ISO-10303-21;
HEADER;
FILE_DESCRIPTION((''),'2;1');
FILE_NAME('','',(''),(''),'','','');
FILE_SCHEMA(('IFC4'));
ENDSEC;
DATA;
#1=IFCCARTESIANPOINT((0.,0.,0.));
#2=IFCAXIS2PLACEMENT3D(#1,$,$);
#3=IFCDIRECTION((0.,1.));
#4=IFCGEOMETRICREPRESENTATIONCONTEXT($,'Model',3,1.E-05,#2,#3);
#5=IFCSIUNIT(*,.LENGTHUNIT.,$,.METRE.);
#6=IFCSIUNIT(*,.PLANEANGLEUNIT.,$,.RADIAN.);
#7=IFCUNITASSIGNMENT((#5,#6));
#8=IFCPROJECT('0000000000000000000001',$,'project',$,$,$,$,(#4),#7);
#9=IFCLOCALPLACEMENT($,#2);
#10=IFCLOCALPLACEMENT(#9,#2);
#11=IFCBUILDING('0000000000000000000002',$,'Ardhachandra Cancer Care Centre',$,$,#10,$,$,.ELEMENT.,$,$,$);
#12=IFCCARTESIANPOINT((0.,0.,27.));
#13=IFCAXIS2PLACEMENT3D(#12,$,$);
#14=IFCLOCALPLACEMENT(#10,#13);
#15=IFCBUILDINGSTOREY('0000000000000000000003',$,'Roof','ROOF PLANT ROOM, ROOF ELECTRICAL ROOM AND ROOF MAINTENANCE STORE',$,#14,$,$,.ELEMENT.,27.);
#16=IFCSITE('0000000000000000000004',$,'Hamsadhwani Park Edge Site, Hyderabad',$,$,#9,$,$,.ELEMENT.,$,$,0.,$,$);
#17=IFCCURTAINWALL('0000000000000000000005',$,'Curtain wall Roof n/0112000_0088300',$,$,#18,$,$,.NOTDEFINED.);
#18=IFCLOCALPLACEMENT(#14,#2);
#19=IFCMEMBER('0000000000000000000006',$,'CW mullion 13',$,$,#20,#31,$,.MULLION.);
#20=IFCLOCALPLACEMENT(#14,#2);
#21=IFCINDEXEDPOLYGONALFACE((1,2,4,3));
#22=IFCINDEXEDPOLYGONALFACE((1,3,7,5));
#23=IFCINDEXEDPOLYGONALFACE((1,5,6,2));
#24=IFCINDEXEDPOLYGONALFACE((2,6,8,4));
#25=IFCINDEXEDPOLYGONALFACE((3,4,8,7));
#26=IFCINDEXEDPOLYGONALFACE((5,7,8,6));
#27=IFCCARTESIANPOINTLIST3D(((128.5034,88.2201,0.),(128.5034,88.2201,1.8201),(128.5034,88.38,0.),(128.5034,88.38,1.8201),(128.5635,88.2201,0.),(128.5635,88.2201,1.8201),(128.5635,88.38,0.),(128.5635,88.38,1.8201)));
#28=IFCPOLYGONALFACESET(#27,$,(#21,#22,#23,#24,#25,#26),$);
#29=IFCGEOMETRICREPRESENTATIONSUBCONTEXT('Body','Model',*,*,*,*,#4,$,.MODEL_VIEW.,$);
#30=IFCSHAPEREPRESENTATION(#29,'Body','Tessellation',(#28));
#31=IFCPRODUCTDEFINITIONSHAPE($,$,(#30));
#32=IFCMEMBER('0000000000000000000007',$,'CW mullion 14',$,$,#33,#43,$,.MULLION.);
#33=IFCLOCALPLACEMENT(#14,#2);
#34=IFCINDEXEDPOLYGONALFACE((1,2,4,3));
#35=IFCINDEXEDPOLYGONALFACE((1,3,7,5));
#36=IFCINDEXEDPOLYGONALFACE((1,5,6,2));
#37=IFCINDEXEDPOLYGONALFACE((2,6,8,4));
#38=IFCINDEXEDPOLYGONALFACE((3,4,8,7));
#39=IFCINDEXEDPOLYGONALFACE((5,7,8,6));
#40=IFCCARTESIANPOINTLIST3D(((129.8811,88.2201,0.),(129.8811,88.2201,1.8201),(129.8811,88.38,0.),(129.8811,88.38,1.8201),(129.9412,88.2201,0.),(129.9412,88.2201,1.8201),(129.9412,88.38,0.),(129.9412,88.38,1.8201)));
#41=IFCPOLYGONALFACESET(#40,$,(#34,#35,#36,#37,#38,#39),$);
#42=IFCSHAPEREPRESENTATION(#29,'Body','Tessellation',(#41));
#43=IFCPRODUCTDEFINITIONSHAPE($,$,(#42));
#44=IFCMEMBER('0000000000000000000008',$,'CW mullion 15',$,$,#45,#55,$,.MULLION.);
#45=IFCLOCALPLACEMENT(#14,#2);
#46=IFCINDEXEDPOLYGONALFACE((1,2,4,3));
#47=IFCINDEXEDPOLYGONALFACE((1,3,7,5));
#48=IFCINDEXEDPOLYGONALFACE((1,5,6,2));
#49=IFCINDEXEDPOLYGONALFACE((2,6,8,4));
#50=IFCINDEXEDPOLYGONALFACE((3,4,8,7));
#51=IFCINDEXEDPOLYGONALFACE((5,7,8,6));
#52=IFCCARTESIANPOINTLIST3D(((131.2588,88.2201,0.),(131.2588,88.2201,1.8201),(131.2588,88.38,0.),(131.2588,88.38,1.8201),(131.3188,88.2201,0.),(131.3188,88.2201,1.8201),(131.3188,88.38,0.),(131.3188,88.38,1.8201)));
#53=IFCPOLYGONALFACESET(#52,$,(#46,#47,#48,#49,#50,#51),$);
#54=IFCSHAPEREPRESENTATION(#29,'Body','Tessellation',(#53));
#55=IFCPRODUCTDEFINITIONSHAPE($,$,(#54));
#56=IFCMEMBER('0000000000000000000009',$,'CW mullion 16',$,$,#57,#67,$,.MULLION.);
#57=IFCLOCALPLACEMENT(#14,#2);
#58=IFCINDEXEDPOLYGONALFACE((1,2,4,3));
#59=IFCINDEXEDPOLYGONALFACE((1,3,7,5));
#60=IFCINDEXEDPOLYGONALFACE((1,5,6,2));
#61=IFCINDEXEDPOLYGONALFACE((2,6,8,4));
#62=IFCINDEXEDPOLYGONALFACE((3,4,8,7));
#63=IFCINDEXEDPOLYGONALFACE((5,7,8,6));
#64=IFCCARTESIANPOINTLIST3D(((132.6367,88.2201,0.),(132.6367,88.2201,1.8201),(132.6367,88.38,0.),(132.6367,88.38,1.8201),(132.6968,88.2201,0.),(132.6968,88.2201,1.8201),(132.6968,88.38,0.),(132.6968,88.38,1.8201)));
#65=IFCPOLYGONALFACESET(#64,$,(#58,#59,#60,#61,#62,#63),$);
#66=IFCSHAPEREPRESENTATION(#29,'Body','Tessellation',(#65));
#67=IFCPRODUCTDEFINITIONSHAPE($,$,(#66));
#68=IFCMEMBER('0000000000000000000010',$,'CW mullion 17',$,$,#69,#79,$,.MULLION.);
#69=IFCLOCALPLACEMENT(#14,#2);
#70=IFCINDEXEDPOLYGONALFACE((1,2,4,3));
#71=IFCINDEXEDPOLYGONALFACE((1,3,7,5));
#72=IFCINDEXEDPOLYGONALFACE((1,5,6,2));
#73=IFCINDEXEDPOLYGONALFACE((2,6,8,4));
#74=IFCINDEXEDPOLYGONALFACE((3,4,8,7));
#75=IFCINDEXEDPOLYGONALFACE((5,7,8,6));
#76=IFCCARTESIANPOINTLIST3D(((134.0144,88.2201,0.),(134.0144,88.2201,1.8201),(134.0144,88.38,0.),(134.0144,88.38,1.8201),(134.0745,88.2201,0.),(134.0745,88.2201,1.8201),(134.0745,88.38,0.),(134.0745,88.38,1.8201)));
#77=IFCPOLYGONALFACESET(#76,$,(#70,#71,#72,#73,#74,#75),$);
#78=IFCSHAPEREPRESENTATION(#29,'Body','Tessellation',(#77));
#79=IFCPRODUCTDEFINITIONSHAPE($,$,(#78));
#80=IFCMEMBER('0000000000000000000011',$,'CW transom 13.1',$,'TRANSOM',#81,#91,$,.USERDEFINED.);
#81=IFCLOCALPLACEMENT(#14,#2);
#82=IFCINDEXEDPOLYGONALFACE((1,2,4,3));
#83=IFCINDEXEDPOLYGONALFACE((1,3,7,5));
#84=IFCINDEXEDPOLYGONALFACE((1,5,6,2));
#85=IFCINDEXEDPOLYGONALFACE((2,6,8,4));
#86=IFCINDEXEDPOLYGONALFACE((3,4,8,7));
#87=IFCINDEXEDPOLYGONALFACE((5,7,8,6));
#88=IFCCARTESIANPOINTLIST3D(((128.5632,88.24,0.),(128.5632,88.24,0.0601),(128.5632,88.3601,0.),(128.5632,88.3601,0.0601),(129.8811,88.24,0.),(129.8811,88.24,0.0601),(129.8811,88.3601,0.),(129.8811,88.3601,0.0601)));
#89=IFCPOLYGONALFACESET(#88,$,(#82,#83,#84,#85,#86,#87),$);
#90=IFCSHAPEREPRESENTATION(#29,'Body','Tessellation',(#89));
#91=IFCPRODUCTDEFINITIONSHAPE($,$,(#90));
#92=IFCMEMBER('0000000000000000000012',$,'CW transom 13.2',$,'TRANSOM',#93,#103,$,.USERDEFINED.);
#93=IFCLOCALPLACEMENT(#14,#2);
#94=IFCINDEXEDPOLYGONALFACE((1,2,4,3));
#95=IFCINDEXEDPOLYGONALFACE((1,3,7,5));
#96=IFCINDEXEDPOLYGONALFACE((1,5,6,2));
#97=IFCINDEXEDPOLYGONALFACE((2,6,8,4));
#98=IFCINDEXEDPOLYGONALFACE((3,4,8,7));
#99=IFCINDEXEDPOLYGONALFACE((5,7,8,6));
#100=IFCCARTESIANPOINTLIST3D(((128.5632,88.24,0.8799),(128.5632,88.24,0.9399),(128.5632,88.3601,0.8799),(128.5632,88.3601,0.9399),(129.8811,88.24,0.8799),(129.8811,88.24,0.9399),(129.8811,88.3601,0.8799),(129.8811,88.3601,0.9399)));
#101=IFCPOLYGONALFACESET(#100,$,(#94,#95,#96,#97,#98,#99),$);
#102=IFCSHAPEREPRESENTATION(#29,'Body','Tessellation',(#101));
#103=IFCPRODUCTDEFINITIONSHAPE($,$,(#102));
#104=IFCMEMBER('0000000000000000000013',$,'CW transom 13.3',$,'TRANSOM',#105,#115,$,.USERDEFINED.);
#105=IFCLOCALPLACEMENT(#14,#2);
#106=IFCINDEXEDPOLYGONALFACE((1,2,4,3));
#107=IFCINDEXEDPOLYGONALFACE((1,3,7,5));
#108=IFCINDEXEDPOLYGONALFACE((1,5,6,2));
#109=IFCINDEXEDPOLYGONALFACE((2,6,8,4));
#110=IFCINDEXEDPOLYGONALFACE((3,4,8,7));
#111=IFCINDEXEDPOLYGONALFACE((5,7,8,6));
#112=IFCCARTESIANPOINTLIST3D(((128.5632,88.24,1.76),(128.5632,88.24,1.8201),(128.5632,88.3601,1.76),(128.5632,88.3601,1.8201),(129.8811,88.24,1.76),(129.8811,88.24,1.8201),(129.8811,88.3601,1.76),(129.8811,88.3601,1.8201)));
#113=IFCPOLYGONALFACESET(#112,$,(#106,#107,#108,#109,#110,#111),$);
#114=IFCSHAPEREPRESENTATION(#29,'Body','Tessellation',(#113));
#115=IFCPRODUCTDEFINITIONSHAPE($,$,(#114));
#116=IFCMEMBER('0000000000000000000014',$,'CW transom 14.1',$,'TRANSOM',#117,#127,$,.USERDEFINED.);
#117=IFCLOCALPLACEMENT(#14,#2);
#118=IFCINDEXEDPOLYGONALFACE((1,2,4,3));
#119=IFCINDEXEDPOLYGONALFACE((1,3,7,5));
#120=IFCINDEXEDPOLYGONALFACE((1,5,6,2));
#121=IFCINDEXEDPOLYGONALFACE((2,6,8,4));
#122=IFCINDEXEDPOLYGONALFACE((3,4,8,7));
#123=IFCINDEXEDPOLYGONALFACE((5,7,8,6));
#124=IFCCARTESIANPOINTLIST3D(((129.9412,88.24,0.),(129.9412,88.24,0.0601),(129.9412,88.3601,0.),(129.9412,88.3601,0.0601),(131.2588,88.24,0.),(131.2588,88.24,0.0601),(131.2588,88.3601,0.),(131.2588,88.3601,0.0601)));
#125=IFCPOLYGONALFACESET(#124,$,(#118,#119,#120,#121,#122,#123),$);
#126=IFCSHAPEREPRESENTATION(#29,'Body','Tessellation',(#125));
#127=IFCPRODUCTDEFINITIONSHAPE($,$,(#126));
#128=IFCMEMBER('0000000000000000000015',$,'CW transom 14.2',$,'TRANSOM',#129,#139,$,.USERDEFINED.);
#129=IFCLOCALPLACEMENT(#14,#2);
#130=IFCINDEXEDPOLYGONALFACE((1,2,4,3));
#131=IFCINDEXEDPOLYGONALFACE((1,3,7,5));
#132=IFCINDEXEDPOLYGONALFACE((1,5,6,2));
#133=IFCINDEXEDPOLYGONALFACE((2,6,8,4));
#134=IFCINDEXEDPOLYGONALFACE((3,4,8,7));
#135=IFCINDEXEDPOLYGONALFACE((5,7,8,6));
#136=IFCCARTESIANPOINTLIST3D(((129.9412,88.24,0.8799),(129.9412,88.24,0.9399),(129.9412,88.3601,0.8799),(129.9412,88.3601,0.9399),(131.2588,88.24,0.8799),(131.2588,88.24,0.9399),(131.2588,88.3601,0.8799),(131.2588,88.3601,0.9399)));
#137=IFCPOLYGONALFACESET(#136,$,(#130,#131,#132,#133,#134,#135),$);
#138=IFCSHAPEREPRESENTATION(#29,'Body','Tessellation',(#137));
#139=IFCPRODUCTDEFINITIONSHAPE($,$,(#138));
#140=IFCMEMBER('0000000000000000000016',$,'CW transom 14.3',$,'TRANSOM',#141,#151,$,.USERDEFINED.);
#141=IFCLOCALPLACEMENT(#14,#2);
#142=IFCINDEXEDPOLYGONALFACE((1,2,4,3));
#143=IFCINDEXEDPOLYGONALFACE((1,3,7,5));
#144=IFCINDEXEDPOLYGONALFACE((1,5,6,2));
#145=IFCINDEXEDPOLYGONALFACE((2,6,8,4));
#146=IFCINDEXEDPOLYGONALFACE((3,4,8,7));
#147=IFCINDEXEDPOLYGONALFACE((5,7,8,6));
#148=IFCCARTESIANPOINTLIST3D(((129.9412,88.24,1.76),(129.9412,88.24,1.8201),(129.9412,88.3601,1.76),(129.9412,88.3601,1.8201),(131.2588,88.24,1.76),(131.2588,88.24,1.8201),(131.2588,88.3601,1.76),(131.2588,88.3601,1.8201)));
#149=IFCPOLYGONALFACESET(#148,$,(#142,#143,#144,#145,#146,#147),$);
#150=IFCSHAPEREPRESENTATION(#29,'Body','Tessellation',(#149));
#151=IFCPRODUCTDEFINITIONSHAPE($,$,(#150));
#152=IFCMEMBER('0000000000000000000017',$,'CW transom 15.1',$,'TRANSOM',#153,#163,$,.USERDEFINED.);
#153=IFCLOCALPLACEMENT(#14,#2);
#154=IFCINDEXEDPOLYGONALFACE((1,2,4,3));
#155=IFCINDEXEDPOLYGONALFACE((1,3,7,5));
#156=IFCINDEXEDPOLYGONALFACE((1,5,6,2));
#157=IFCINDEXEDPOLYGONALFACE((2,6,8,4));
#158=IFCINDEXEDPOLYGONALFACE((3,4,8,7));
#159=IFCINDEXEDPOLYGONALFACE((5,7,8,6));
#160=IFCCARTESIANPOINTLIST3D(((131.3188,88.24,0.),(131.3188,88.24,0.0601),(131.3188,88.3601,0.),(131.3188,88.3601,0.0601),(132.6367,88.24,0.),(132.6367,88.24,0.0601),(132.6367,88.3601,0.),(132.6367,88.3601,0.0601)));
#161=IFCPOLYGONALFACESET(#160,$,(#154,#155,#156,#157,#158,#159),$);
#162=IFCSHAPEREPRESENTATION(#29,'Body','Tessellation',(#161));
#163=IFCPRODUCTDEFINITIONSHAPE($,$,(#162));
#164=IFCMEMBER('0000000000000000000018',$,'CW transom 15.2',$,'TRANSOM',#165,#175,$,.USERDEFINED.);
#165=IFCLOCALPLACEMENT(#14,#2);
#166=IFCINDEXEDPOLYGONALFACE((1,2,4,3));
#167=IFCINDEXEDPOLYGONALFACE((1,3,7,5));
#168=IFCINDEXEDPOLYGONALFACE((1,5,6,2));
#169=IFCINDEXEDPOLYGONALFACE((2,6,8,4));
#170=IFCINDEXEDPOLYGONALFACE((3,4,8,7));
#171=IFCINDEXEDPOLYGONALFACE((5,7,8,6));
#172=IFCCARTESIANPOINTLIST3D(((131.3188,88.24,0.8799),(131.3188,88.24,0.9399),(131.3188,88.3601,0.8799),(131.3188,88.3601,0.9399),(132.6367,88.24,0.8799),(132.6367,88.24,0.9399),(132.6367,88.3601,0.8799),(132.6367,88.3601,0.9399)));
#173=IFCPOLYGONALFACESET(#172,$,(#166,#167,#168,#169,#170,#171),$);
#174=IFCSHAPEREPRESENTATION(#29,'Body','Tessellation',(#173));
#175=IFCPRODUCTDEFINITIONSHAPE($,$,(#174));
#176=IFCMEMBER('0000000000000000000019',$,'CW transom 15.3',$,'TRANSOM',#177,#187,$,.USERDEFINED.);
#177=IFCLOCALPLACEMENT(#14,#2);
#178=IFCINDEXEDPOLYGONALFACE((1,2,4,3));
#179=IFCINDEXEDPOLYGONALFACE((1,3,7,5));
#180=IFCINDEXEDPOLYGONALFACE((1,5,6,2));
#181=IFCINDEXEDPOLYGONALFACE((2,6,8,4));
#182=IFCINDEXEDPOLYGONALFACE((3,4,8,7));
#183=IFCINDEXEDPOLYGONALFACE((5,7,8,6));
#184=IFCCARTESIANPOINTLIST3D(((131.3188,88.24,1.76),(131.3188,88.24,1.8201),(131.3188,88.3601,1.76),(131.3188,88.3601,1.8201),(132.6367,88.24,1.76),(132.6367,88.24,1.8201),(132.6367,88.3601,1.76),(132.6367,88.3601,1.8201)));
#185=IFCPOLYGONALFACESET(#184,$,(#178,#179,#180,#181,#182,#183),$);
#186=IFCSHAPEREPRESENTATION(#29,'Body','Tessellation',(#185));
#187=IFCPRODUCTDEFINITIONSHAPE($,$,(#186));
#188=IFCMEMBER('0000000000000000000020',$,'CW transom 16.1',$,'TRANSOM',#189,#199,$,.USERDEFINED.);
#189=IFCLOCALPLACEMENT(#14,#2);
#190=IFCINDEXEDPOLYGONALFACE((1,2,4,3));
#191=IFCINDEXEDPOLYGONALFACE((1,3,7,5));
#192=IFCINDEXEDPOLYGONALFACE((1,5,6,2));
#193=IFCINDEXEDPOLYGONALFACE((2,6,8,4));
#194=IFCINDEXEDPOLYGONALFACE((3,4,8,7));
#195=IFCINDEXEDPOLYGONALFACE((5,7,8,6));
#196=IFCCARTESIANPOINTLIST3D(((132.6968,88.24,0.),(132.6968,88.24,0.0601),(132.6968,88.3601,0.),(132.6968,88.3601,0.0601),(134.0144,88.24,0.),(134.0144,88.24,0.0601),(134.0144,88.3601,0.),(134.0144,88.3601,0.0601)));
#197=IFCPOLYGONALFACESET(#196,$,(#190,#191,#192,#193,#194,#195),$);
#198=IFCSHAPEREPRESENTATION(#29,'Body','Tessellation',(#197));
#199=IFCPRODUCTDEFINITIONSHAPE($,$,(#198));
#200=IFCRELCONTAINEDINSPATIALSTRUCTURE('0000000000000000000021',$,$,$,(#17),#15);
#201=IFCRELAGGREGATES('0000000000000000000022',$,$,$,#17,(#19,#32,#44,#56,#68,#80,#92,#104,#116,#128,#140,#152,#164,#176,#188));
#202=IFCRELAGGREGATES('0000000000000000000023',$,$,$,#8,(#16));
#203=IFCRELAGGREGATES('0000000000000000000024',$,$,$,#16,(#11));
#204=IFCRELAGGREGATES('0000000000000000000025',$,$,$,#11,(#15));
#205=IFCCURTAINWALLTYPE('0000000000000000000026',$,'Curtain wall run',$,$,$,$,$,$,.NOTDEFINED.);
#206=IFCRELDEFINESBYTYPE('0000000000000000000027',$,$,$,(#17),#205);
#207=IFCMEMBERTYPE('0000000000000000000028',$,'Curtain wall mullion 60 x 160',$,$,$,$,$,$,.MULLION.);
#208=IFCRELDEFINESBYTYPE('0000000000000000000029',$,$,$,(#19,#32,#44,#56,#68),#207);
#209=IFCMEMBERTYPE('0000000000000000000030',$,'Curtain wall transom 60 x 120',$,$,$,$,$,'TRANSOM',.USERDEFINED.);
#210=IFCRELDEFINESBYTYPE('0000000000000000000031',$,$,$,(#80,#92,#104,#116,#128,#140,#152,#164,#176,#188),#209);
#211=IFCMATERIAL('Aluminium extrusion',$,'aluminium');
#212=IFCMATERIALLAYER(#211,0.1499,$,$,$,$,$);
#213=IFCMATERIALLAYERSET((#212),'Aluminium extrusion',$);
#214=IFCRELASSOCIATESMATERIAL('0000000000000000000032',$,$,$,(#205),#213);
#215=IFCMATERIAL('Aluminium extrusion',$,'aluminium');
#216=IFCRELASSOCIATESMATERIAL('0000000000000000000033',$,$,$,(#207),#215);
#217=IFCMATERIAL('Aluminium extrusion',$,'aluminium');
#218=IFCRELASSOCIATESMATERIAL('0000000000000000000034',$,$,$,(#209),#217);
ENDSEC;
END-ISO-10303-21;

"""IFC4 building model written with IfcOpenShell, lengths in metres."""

from ifc_helpers import new_model, si_unit, direction, frame, origin, origin_2d, place, context, subcontext, project, spatial, rectangle, extrude, material, layer, layer_set, material_profile, profile_set, type_object, element, aggregate, save


model = new_model("IFC4")

# Units and contexts
model_context = context("Model", 3, precision=1e-05, world=origin(), true_north=direction((0.0, 1.0)))
body_context = subcontext(model_context, "Body", "Model", "MODEL_VIEW")
ifc_project = project(units=[si_unit("LENGTHUNIT", "METRE"), si_unit("PLANEANGLEUNIT", "RADIAN")], contexts=[model_context])

# Site, building, storey
site_placement = place(None, origin())
site = spatial("IfcSite", under=ifc_project, at=site_placement, Name="Hamsadhwani Park Edge Site, Hyderabad", CompositionType="ELEMENT", RefElevation=0.0)
building_placement = place(site_placement, origin())
building = spatial("IfcBuilding", under=site, at=building_placement, Name="Ardhachandra Cancer Care Centre", CompositionType="ELEMENT")
storey_placement = place(building_placement, frame((0.0, 0.0, 27.0)))
storey = spatial("IfcBuildingStorey", under=building, at=storey_placement, Name="Roof", Description="ROOF PLANT ROOM, ROOF ELECTRICAL ROOM AND ROOF MAINTENANCE STORE", CompositionType="ELEMENT", Elevation=27.0)

# Curtain wall, members
ifc_material_1 = material(Name="Aluminium extrusion", Category="aluminium")
ifc_layer_1 = layer(ifc_material_1, 0.1499)
ifc_layer_set_1 = layer_set([ifc_layer_1], Name="Aluminium extrusion")
curtain_wall_type = type_object("IfcCurtainWallType", Name="Curtain wall run", PredefinedType="NOTDEFINED", material=ifc_layer_set_1)
curtain_wall_placement = place(storey_placement, origin())
curtain_wall = element("IfcCurtainWall", 1, at=curtain_wall_placement, inside=storey, type_object=curtain_wall_type, Name="Curtain wall Roof n/0112000_0088300", PredefinedType="NOTDEFINED")
ifc_material_2 = material(Name="Aluminium extrusion", Category="aluminium")
ifc_material_profile_1 = material_profile(ifc_material_2, rectangle(XDim=0.1599, YDim=0.0601, at=origin_2d()), Name="Curtain wall mullion 60 x 160")
ifc_profile_set_1 = profile_set([ifc_material_profile_1], Name="Aluminium extrusion")
member_type_1 = type_object("IfcMemberType", Name="Curtain wall mullion 60 x 160", PredefinedType="MULLION", material=ifc_profile_set_1)
member_1_placement = place(storey_placement, frame((128.5334, 88.3, 0.0), z_axis=(0.0, 0.0, 1.0), x_axis=(0.0, 1.0, 0.0)))
member_1 = element("IfcMember", 2, at=member_1_placement, type_object=member_type_1, Name="CW mullion 13", PredefinedType="MULLION", context=body_context, shape_type="SweptSolid", body=[
    extrude(rectangle(XDim=0.1599, YDim=0.0601, at=origin_2d()), origin(), (0.0, 0.0, 1.0), 1.8201),
])
member_2_placement = place(storey_placement, frame((129.9111, 88.3, 0.0), z_axis=(0.0, 0.0, 1.0), x_axis=(0.0, 1.0, 0.0)))
member_2 = element("IfcMember", 3, at=member_2_placement, type_object=member_type_1, Name="CW mullion 14", PredefinedType="MULLION", context=body_context, shape_type="SweptSolid", body=[
    extrude(rectangle(XDim=0.1599, YDim=0.0601, at=origin_2d()), origin(), (0.0, 0.0, 1.0), 1.8201),
])
member_3_placement = place(storey_placement, frame((131.2888, 88.3, 0.0), z_axis=(0.0, 0.0, 1.0), x_axis=(0.0, 1.0, 0.0)))
member_3 = element("IfcMember", 4, at=member_3_placement, type_object=member_type_1, Name="CW mullion 15", PredefinedType="MULLION", context=body_context, shape_type="SweptSolid", body=[
    extrude(rectangle(XDim=0.1599, YDim=0.0601, at=origin_2d()), origin(), (0.0, 0.0, 1.0), 1.8201),
])
member_4_placement = place(storey_placement, frame((132.6667, 88.3, 0.0), z_axis=(0.0, 0.0, 1.0), x_axis=(0.0, 1.0, 0.0)))
member_4 = element("IfcMember", 5, at=member_4_placement, type_object=member_type_1, Name="CW mullion 16", PredefinedType="MULLION", context=body_context, shape_type="SweptSolid", body=[
    extrude(rectangle(XDim=0.1599, YDim=0.0601, at=origin_2d()), origin(), (0.0, 0.0, 1.0), 1.8201),
])
member_5_placement = place(storey_placement, frame((134.0444, 88.3, 0.0), z_axis=(0.0, 0.0, 1.0), x_axis=(0.0, 1.0, 0.0)))
member_5 = element("IfcMember", 6, at=member_5_placement, type_object=member_type_1, Name="CW mullion 17", PredefinedType="MULLION", context=body_context, shape_type="SweptSolid", body=[
    extrude(rectangle(XDim=0.1599, YDim=0.0601, at=origin_2d()), origin(), (0.0, 0.0, 1.0), 1.8201),
])
ifc_material_3 = material(Name="Aluminium extrusion", Category="aluminium")
ifc_material_profile_2 = material_profile(ifc_material_3, rectangle(XDim=0.1201, YDim=0.0601, at=origin_2d()), Name="Curtain wall transom 60 x 120")
ifc_profile_set_2 = profile_set([ifc_material_profile_2], Name="Aluminium extrusion")
member_type_2 = type_object("IfcMemberType", Name="Curtain wall transom 60 x 120", ElementType="TRANSOM", PredefinedType="USERDEFINED", material=ifc_profile_set_2)
member_6_placement = place(storey_placement, frame((128.5632, 88.3, 0.03), z_axis=(1.0, 0.0, 0.0), x_axis=(0.0, 1.0, 0.0)))
member_6 = element("IfcMember", 7, at=member_6_placement, type_object=member_type_2, Name="CW transom 13.1", ObjectType="TRANSOM", PredefinedType="USERDEFINED", context=body_context, shape_type="SweptSolid", body=[
    extrude(rectangle(XDim=0.1201, YDim=0.0601, at=origin_2d()), origin(), (0.0, 0.0, 1.0), 1.3179),
])
member_7_placement = place(storey_placement, frame((128.5632, 88.3, 0.9099), z_axis=(1.0, 0.0, 0.0), x_axis=(0.0, 1.0, 0.0)))
member_7 = element("IfcMember", 8, at=member_7_placement, type_object=member_type_2, Name="CW transom 13.2", ObjectType="TRANSOM", PredefinedType="USERDEFINED", context=body_context, shape_type="SweptSolid", body=[
    extrude(rectangle(XDim=0.1201, YDim=0.0601, at=origin_2d()), origin(), (0.0, 0.0, 1.0), 1.3179),
])
member_8_placement = place(storey_placement, frame((128.5632, 88.3, 1.79), z_axis=(1.0, 0.0, 0.0), x_axis=(0.0, 1.0, 0.0)))
member_8 = element("IfcMember", 9, at=member_8_placement, type_object=member_type_2, Name="CW transom 13.3", ObjectType="TRANSOM", PredefinedType="USERDEFINED", context=body_context, shape_type="SweptSolid", body=[
    extrude(rectangle(XDim=0.1201, YDim=0.0601, at=origin_2d()), origin(), (0.0, 0.0, 1.0), 1.3179),
])
member_9_placement = place(storey_placement, frame((129.9412, 88.3, 0.03), z_axis=(1.0, 0.0, 0.0), x_axis=(0.0, 1.0, 0.0)))
member_9 = element("IfcMember", 10, at=member_9_placement, type_object=member_type_2, Name="CW transom 14.1", ObjectType="TRANSOM", PredefinedType="USERDEFINED", context=body_context, shape_type="SweptSolid", body=[
    extrude(rectangle(XDim=0.1201, YDim=0.0601, at=origin_2d()), origin(), (0.0, 0.0, 1.0), 1.3176),
])
member_10_placement = place(storey_placement, frame((129.9412, 88.3, 0.9099), z_axis=(1.0, 0.0, 0.0), x_axis=(0.0, 1.0, 0.0)))
member_10 = element("IfcMember", 11, at=member_10_placement, type_object=member_type_2, Name="CW transom 14.2", ObjectType="TRANSOM", PredefinedType="USERDEFINED", context=body_context, shape_type="SweptSolid", body=[
    extrude(rectangle(XDim=0.1201, YDim=0.0601, at=origin_2d()), origin(), (0.0, 0.0, 1.0), 1.3176),
])
member_11_placement = place(storey_placement, frame((129.9412, 88.3, 1.79), z_axis=(1.0, 0.0, 0.0), x_axis=(0.0, 1.0, 0.0)))
member_11 = element("IfcMember", 12, at=member_11_placement, type_object=member_type_2, Name="CW transom 14.3", ObjectType="TRANSOM", PredefinedType="USERDEFINED", context=body_context, shape_type="SweptSolid", body=[
    extrude(rectangle(XDim=0.1201, YDim=0.0601, at=origin_2d()), origin(), (0.0, 0.0, 1.0), 1.3176),
])
member_12_placement = place(storey_placement, frame((131.3188, 88.3, 0.03), z_axis=(1.0, 0.0, 0.0), x_axis=(0.0, 1.0, 0.0)))
member_12 = element("IfcMember", 13, at=member_12_placement, type_object=member_type_2, Name="CW transom 15.1", ObjectType="TRANSOM", PredefinedType="USERDEFINED", context=body_context, shape_type="SweptSolid", body=[
    extrude(rectangle(XDim=0.1201, YDim=0.0601, at=origin_2d()), origin(), (0.0, 0.0, 1.0), 1.3179),
])
member_13_placement = place(storey_placement, frame((131.3188, 88.3, 0.9099), z_axis=(1.0, 0.0, 0.0), x_axis=(0.0, 1.0, 0.0)))
member_13 = element("IfcMember", 14, at=member_13_placement, type_object=member_type_2, Name="CW transom 15.2", ObjectType="TRANSOM", PredefinedType="USERDEFINED", context=body_context, shape_type="SweptSolid", body=[
    extrude(rectangle(XDim=0.1201, YDim=0.0601, at=origin_2d()), origin(), (0.0, 0.0, 1.0), 1.3179),
])
member_14_placement = place(storey_placement, frame((131.3188, 88.3, 1.79), z_axis=(1.0, 0.0, 0.0), x_axis=(0.0, 1.0, 0.0)))
member_14 = element("IfcMember", 15, at=member_14_placement, type_object=member_type_2, Name="CW transom 15.3", ObjectType="TRANSOM", PredefinedType="USERDEFINED", context=body_context, shape_type="SweptSolid", body=[
    extrude(rectangle(XDim=0.1201, YDim=0.0601, at=origin_2d()), origin(), (0.0, 0.0, 1.0), 1.3179),
])
member_15_placement = place(storey_placement, frame((132.6968, 88.3, 0.03), z_axis=(1.0, 0.0, 0.0), x_axis=(0.0, 1.0, 0.0)))
member_15 = element("IfcMember", 16, at=member_15_placement, type_object=member_type_2, Name="CW transom 16.1", ObjectType="TRANSOM", PredefinedType="USERDEFINED", context=body_context, shape_type="SweptSolid", body=[
    extrude(rectangle(XDim=0.1201, YDim=0.0601, at=origin_2d()), origin(), (0.0, 0.0, 1.0), 1.3176),
])

aggregate(curtain_wall, [member_1, member_2, member_3, member_4, member_5, member_6, member_7, member_8, member_9, member_10, member_11, member_12, member_13, member_14, member_15])

save(model, "model.ifc")
